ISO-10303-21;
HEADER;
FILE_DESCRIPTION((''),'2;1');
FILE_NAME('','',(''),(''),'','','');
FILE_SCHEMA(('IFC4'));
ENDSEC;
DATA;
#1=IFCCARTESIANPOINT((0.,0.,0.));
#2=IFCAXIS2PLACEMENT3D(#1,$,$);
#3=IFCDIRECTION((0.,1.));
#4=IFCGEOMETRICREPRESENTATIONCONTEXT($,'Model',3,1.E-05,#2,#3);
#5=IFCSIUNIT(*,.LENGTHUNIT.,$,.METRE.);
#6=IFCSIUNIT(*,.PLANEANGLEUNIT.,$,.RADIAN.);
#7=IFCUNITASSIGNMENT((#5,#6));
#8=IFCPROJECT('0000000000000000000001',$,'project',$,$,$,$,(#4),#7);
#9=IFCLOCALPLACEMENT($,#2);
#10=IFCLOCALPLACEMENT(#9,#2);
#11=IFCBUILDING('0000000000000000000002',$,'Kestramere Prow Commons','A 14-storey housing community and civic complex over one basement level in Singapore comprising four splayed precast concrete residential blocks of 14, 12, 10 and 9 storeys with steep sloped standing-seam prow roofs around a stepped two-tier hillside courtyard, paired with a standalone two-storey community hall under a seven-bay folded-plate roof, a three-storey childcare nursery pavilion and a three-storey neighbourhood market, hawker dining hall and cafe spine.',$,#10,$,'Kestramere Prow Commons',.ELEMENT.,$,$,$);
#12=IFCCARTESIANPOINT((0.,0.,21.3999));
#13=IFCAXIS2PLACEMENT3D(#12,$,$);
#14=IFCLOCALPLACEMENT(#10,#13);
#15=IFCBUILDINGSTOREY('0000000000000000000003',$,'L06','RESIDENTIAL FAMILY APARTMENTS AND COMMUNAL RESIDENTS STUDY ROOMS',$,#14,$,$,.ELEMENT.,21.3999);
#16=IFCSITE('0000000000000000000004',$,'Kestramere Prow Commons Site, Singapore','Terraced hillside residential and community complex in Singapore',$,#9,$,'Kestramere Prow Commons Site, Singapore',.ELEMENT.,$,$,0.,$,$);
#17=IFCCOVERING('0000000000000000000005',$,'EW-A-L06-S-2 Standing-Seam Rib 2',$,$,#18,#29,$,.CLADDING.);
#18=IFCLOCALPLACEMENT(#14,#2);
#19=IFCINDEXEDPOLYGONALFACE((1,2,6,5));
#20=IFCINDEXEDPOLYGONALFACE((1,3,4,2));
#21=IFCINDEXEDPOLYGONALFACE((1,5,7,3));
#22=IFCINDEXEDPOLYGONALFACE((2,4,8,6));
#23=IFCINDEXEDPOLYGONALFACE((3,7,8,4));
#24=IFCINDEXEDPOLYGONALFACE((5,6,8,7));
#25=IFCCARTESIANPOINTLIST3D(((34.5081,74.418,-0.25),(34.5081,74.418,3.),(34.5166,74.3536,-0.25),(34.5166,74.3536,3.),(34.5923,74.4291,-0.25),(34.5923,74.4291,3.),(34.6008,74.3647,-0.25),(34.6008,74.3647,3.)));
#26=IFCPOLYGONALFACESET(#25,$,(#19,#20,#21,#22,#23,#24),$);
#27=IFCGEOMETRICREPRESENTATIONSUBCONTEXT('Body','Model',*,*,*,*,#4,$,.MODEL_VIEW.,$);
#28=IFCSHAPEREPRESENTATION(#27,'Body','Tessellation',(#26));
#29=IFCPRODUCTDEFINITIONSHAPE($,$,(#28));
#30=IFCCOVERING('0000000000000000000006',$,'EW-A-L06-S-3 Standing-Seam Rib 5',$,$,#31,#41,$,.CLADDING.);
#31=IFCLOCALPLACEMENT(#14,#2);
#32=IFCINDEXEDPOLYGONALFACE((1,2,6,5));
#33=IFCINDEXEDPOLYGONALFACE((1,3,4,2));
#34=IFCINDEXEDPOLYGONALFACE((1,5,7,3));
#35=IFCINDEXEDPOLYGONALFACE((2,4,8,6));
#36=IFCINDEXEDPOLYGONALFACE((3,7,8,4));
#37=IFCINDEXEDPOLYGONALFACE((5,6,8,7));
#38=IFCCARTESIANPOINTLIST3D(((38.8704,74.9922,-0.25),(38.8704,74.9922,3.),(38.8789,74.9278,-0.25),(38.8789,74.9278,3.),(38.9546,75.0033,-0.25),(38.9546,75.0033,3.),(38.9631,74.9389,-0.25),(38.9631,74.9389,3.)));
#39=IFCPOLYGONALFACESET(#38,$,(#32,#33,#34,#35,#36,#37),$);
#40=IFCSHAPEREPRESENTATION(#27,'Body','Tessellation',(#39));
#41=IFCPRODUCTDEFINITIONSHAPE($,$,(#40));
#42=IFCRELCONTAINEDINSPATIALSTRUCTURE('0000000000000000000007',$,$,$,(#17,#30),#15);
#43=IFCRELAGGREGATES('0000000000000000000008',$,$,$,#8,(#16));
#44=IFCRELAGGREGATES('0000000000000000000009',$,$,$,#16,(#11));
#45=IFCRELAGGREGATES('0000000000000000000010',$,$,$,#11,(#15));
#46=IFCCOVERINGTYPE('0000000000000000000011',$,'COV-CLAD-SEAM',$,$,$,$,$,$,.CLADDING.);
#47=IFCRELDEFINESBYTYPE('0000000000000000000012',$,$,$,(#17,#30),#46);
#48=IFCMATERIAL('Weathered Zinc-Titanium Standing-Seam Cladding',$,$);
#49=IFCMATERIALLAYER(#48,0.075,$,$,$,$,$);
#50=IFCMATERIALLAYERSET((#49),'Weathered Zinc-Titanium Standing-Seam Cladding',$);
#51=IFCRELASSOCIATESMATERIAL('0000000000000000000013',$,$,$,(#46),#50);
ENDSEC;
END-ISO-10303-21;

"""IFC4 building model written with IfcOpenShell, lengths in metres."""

from ifc_helpers import new_model, si_unit, direction, frame, origin, origin_2d, place, context, subcontext, project, spatial, rectangle, extrude, material, layer, layer_set, type_object, element, save


model = new_model("IFC4")

# Units and contexts
model_context = context("Model", 3, precision=1e-05, world=origin(), true_north=direction((0.0, 1.0)))
body_context = subcontext(model_context, "Body", "Model", "MODEL_VIEW")
ifc_project = project(units=[si_unit("LENGTHUNIT", "METRE"), si_unit("PLANEANGLEUNIT", "RADIAN")], contexts=[model_context])

# Site, building, storey
site_placement = place(None, origin())
site = spatial("IfcSite", under=ifc_project, at=site_placement, Name="Kestramere Prow Commons Site, Singapore", Description="Terraced hillside residential and community complex in Singapore", LongName="Kestramere Prow Commons Site, Singapore", CompositionType="ELEMENT", RefElevation=0.0)
building_placement = place(site_placement, origin())
building = spatial("IfcBuilding", under=site, at=building_placement, Name="Kestramere Prow Commons", Description="A 14-storey housing community and civic complex over one basement level in Singapore comprising four splayed precast concrete residential blocks of 14, 12, 10 and 9 storeys with steep sloped standing-seam prow roofs around a stepped two-tier hillside courtyard, paired with a standalone two-storey community hall under a seven-bay folded-plate roof, a three-storey childcare nursery pavilion and a three-storey neighbourhood market, hawker dining hall and cafe spine.", LongName="Kestramere Prow Commons", CompositionType="ELEMENT")
storey_placement = place(building_placement, frame((0.0, 0.0, 21.3999)))
storey = spatial("IfcBuildingStorey", under=building, at=storey_placement, Name="L06", Description="RESIDENTIAL FAMILY APARTMENTS AND COMMUNAL RESIDENTS STUDY ROOMS", CompositionType="ELEMENT", Elevation=21.3999)

# Coverings
ifc_material_1 = material(Name="Weathered Zinc-Titanium Standing-Seam Cladding")
ifc_layer_1 = layer(ifc_material_1, 0.075)
ifc_layer_set_1 = layer_set([ifc_layer_1], Name="Weathered Zinc-Titanium Standing-Seam Cladding")
covering_type = type_object("IfcCoveringType", Name="COV-CLAD-SEAM", PredefinedType="CLADDING", material=ifc_layer_set_1)
for number, where, z_axis, x_axis, name in (
    (1, (34.5544, 74.3914, -0.25), (0.0, 0.0, 1.0), (-0.991445, -0.130526, 0.0), "EW-A-L06-S-2 Standing-Seam Rib 2"),
    (2, (38.9167, 74.9656, -0.25), (0.0, 0.0, 1.0), (-0.991445, -0.130526, 0.0), "EW-A-L06-S-3 Standing-Seam Rib 5"),
):
    element("IfcCovering", number, at=place(storey_placement, frame(where, z_axis=z_axis, x_axis=x_axis)), inside=storey, type_object=covering_type, Name=name, PredefinedType="CLADDING", context=body_context, shape_type="SweptSolid", body=[
        extrude(rectangle(XDim=0.085, YDim=0.0649, at=origin_2d()), origin(), (0.0, 0.0, 1.0), 3.25),
    ])

save(model, "model.ifc")
